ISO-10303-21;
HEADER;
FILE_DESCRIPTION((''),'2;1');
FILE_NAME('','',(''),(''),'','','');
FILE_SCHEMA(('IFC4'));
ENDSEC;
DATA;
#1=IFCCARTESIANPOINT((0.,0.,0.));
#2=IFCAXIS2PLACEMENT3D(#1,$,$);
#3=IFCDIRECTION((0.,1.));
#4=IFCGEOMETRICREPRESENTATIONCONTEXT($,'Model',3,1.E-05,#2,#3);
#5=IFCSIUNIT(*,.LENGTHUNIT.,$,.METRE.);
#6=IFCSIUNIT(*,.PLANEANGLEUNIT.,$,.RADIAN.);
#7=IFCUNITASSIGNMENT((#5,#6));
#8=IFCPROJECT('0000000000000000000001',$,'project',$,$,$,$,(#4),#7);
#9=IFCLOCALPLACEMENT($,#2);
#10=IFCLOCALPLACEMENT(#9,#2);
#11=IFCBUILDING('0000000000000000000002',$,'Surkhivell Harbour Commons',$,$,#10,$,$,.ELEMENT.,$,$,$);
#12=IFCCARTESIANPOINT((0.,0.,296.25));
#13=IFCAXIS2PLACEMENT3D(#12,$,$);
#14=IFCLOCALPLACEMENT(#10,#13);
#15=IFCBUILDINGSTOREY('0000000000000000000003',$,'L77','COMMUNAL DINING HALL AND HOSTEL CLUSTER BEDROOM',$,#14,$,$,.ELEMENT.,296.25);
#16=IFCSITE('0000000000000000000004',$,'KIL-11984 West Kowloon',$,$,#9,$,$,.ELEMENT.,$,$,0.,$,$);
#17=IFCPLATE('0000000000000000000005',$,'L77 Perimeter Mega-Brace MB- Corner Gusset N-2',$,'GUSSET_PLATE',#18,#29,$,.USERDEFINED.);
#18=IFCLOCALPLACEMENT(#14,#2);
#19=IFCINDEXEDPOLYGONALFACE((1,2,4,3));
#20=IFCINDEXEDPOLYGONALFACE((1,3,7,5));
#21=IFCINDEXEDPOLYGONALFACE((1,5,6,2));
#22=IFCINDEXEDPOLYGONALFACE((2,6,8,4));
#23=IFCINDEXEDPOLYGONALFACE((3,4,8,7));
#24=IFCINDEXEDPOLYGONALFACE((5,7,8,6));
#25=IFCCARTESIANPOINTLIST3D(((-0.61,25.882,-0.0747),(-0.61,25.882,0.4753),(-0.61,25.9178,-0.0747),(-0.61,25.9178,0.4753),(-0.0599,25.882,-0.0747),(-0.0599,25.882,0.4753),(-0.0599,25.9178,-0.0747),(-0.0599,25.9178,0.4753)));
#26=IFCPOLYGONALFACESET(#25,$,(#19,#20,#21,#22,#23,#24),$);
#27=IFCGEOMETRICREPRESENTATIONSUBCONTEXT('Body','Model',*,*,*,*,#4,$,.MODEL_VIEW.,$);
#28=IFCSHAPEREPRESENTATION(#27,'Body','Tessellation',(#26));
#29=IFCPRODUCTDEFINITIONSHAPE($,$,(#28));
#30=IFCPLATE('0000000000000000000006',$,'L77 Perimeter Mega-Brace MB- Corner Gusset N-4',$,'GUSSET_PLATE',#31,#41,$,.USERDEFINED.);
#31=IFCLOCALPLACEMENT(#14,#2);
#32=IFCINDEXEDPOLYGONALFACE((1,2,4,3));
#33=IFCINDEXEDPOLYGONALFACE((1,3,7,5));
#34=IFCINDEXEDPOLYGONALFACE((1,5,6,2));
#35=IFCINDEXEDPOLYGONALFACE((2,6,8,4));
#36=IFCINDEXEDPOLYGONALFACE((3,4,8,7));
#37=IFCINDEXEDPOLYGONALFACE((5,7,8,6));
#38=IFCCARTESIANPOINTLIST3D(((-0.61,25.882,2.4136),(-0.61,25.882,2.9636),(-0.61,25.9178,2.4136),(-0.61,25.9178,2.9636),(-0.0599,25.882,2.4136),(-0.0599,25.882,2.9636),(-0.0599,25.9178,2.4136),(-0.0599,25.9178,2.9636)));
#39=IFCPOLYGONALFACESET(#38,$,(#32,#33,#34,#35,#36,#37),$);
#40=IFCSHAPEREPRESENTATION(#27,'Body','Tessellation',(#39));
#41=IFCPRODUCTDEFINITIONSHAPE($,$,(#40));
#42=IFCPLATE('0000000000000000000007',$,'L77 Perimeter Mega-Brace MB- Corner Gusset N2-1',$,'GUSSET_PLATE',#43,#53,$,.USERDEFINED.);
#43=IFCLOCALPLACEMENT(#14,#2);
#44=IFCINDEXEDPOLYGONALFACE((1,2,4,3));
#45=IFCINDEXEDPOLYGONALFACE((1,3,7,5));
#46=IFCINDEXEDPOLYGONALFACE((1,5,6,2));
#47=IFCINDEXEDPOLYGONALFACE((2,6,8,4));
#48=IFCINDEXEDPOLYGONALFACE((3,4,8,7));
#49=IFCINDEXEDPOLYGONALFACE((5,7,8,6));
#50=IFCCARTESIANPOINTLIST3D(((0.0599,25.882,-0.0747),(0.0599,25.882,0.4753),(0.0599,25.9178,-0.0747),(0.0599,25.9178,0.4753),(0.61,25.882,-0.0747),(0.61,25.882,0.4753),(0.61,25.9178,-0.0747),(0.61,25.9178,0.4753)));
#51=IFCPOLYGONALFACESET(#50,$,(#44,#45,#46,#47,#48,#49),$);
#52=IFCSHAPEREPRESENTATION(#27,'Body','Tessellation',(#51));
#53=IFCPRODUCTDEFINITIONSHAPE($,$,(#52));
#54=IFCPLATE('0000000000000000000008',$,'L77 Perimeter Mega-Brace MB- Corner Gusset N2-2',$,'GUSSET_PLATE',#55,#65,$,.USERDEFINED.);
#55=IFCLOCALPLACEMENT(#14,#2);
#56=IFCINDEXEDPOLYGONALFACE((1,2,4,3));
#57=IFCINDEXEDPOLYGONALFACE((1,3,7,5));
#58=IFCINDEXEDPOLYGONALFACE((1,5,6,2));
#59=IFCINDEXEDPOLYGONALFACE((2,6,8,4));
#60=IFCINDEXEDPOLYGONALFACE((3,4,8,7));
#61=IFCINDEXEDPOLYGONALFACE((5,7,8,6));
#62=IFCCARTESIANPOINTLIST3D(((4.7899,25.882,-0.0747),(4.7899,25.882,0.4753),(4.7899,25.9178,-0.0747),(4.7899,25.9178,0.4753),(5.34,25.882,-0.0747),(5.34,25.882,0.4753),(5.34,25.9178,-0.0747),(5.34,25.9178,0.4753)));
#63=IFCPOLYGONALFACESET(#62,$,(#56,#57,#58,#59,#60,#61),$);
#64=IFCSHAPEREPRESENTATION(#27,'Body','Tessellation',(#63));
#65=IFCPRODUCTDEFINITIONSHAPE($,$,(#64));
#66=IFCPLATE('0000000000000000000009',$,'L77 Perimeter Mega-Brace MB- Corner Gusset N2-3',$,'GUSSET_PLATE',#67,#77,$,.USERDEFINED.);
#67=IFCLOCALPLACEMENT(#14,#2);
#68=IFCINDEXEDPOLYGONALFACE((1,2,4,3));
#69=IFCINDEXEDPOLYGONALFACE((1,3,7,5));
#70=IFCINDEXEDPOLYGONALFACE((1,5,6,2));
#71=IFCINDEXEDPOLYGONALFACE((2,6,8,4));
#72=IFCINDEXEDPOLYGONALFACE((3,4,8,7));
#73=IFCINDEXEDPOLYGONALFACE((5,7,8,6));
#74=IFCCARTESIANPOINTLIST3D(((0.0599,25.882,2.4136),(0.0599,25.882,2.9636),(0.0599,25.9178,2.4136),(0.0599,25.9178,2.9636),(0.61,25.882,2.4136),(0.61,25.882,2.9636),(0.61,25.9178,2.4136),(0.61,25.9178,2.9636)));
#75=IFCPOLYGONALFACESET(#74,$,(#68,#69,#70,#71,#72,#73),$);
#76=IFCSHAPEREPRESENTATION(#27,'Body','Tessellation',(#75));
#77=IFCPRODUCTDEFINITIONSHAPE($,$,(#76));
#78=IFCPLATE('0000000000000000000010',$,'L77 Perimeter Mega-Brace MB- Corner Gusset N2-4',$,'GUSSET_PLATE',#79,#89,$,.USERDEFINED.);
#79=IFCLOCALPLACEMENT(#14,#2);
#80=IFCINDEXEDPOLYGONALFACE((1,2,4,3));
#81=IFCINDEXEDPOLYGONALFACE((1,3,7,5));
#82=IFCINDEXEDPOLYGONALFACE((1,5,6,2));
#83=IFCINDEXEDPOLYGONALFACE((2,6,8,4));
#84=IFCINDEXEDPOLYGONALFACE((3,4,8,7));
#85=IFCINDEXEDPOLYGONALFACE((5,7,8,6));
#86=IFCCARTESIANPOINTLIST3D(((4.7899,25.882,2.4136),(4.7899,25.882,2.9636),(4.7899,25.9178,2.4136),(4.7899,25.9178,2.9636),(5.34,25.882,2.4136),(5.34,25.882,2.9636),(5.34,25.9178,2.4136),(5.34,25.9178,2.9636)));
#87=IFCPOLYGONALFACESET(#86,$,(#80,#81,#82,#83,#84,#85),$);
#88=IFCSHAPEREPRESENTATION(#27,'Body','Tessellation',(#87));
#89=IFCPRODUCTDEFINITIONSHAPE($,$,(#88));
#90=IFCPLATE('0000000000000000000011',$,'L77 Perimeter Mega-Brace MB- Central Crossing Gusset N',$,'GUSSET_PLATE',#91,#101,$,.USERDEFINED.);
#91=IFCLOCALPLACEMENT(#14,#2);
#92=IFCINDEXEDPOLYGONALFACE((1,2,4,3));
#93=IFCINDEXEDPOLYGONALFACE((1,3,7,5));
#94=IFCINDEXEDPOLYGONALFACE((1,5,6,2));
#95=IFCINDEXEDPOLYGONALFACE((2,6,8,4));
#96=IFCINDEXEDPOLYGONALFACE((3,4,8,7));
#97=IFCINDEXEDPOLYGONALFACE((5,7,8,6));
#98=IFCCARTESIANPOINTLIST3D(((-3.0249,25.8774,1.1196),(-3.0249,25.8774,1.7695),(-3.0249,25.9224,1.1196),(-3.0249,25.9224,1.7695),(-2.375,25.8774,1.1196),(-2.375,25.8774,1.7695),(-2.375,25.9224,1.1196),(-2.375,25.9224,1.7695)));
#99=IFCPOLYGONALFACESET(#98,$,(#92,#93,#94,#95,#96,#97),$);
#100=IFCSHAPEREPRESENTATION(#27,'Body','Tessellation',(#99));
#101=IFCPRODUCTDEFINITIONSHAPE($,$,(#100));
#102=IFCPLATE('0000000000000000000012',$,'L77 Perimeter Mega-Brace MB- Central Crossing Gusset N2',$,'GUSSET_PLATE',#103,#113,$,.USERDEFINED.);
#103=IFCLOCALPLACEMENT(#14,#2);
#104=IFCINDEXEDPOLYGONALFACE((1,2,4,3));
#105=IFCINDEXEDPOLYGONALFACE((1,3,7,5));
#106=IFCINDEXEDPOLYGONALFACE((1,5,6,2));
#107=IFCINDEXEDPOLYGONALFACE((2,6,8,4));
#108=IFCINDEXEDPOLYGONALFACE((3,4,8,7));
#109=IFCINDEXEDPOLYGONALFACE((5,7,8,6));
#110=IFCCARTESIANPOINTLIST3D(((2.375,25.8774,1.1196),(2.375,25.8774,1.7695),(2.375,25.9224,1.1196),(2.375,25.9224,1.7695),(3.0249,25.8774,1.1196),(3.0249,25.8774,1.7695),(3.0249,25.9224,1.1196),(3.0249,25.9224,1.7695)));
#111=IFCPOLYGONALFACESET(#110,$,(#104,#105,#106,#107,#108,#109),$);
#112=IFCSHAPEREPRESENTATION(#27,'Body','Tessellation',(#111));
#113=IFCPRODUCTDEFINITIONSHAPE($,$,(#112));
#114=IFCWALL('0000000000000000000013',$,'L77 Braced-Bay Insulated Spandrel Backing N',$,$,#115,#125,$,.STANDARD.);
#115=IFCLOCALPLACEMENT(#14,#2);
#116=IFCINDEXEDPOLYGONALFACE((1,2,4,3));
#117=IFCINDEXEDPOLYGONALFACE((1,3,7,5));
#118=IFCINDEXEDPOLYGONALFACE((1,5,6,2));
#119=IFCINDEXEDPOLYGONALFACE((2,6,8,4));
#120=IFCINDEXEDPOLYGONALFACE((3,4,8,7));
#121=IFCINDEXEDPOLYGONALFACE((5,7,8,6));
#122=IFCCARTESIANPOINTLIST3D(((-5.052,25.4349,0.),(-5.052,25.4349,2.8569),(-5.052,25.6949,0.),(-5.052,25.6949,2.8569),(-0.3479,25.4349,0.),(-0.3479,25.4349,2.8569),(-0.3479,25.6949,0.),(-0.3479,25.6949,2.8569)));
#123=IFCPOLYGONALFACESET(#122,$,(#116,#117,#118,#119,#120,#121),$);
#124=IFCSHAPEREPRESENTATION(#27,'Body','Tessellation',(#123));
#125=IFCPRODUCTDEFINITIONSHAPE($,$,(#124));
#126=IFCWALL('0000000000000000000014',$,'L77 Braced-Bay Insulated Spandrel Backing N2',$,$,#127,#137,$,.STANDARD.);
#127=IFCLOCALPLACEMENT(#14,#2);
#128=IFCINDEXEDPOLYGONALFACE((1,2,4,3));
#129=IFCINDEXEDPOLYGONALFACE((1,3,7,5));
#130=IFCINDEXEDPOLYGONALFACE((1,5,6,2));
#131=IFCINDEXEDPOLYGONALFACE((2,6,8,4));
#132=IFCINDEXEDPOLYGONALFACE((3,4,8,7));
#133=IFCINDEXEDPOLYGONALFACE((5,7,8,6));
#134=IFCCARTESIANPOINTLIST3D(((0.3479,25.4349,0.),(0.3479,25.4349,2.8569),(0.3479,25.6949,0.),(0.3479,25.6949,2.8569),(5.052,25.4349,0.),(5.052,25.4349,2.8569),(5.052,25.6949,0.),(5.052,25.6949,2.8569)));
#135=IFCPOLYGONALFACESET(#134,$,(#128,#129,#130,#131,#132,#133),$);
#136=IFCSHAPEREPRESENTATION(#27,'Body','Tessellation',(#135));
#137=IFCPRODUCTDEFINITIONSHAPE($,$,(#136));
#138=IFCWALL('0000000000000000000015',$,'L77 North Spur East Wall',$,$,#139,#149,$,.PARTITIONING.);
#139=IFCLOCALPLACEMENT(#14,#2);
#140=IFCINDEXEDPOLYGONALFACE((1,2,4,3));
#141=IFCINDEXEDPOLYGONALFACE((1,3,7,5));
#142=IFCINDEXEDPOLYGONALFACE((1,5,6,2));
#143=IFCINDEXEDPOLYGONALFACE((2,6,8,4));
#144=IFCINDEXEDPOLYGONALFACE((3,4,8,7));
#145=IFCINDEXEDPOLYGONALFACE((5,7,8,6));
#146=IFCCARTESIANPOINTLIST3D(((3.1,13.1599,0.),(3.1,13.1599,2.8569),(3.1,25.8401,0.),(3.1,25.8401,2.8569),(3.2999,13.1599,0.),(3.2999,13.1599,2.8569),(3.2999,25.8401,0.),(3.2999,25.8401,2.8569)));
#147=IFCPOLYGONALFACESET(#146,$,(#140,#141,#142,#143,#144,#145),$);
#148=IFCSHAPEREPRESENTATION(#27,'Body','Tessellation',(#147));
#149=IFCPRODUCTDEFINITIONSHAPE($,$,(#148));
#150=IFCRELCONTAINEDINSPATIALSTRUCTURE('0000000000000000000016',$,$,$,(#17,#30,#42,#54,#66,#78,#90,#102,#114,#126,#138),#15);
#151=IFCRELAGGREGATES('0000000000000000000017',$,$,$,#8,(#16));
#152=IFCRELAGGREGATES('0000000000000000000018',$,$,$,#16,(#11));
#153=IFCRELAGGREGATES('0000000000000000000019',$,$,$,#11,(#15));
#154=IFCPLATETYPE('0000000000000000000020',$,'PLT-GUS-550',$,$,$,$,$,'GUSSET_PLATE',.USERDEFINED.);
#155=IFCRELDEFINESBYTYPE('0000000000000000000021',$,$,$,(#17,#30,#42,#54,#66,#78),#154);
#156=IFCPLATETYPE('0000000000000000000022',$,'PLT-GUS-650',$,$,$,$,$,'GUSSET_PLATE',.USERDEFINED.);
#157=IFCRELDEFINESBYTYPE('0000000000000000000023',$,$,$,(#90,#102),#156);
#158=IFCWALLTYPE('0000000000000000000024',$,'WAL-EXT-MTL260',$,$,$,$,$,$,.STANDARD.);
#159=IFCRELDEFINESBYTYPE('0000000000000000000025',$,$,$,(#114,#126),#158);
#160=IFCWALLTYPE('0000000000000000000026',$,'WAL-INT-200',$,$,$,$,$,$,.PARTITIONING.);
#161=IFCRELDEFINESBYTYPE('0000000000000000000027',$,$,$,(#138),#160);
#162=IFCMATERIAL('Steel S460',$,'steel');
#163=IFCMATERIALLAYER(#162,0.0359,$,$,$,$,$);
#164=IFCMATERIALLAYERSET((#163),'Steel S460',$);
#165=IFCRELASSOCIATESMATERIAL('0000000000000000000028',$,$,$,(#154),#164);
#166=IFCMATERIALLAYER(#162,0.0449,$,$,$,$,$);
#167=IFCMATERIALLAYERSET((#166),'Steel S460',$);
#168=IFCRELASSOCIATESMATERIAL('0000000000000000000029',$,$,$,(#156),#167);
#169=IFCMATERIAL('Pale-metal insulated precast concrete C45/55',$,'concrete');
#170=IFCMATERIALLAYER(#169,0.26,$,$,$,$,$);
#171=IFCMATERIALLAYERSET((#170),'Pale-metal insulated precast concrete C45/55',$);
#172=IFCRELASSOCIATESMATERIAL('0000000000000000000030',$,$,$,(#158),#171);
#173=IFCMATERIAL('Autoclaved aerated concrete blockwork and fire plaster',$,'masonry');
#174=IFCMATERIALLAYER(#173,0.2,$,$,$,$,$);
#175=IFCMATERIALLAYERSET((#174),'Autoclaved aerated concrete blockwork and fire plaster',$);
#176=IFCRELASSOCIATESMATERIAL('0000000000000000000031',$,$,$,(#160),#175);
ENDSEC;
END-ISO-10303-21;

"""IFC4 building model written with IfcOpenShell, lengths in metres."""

from ifc_helpers import new_model, si_unit, direction, frame, frame_2d, origin, origin_2d, place, context, subcontext, project, spatial, rectangle, extrude, material, layer, layer_set, type_object, element, save


model = new_model("IFC4")

# Units and contexts
model_context = context("Model", 3, precision=1e-05, world=origin(), true_north=direction((0.0, 1.0)))
body_context = subcontext(model_context, "Body", "Model", "MODEL_VIEW")
ifc_project = project(units=[si_unit("LENGTHUNIT", "METRE"), si_unit("PLANEANGLEUNIT", "RADIAN")], contexts=[model_context])

# Site, building, storey
site_placement = place(None, origin())
site = spatial("IfcSite", under=ifc_project, at=site_placement, Name="KIL-11984 West Kowloon", CompositionType="ELEMENT", RefElevation=0.0)
building_placement = place(site_placement, origin())
building = spatial("IfcBuilding", under=site, at=building_placement, Name="Surkhivell Harbour Commons", CompositionType="ELEMENT")
storey_placement = place(building_placement, frame((0.0, 0.0, 296.25)))
storey = spatial("IfcBuildingStorey", under=building, at=storey_placement, Name="L77", Description="COMMUNAL DINING HALL AND HOSTEL CLUSTER BEDROOM", CompositionType="ELEMENT", Elevation=296.25)

# Shared definitions
ifc_material_1 = material(Name="Steel S460", Category="steel")

# Plates
ifc_layer_1 = layer(ifc_material_1, 0.0359)
ifc_layer_set_1 = layer_set([ifc_layer_1], Name="Steel S460")
plate_type_1 = type_object("IfcPlateType", Name="PLT-GUS-550", ElementType="GUSSET_PLATE", PredefinedType="USERDEFINED", material=ifc_layer_set_1)
for number, where, z_axis, x_axis, name in (
    (1, (-0.335, 25.8999, -0.0747), (0.0, 0.0, 1.0), (1.0, 0.0, 0.0), "L77 Perimeter Mega-Brace MB- Corner Gusset N-2"),
    (2, (-0.335, 25.8999, 2.4136), (0.0, 0.0, 1.0), (1.0, 0.0, 0.0), "L77 Perimeter Mega-Brace MB- Corner Gusset N-4"),
    (3, (0.335, 25.8999, -0.0747), (0.0, 0.0, 1.0), (1.0, 0.0, 0.0), "L77 Perimeter Mega-Brace MB- Corner Gusset N2-1"),
    (4, (5.0649, 25.8999, -0.0747), (0.0, 0.0, 1.0), (1.0, 0.0, 0.0), "L77 Perimeter Mega-Brace MB- Corner Gusset N2-2"),
    (5, (0.335, 25.8999, 2.4136), (0.0, 0.0, 1.0), (1.0, 0.0, 0.0), "L77 Perimeter Mega-Brace MB- Corner Gusset N2-3"),
    (6, (5.0649, 25.8999, 2.4136), (0.0, 0.0, 1.0), (1.0, 0.0, 0.0), "L77 Perimeter Mega-Brace MB- Corner Gusset N2-4"),
):
    element("IfcPlate", number, at=place(storey_placement, frame(where, z_axis=z_axis, x_axis=x_axis)), inside=storey, type_object=plate_type_1, Name=name, ObjectType="GUSSET_PLATE", PredefinedType="USERDEFINED", context=body_context, shape_type="SweptSolid", body=[
        extrude(rectangle(XDim=0.55, YDim=0.0359, at=origin_2d()), origin(), (0.0, 0.0, 1.0), 0.55),
    ])
ifc_layer_2 = layer(ifc_material_1, 0.0449)
ifc_layer_set_2 = layer_set([ifc_layer_2], Name="Steel S460")
plate_type_2 = type_object("IfcPlateType", Name="PLT-GUS-650", ElementType="GUSSET_PLATE", PredefinedType="USERDEFINED", material=ifc_layer_set_2)
for number, where, z_axis, x_axis, name in (
    (7, (-2.7, 25.8999, 1.1196), (0.0, 0.0, 1.0), (1.0, 0.0, 0.0), "L77 Perimeter Mega-Brace MB- Central Crossing Gusset N"),
    (8, (2.7, 25.8999, 1.1196), (0.0, 0.0, 1.0), (1.0, 0.0, 0.0), "L77 Perimeter Mega-Brace MB- Central Crossing Gusset N2"),
):
    element("IfcPlate", number, at=place(storey_placement, frame(where, z_axis=z_axis, x_axis=x_axis)), inside=storey, type_object=plate_type_2, Name=name, ObjectType="GUSSET_PLATE", PredefinedType="USERDEFINED", context=body_context, shape_type="SweptSolid", body=[
        extrude(rectangle(XDim=0.6499, YDim=0.0449, at=origin_2d()), origin(), (0.0, 0.0, 1.0), 0.6499),
    ])

# Walls
ifc_material_2 = material(Name="Pale-metal insulated precast concrete C45/55", Category="concrete")
ifc_layer_3 = layer(ifc_material_2, 0.26)
ifc_layer_set_3 = layer_set([ifc_layer_3], Name="Pale-metal insulated precast concrete C45/55")
wall_type_1 = type_object("IfcWallType", Name="WAL-EXT-MTL260", PredefinedType="STANDARD", material=ifc_layer_set_3)
for number, where, z_axis, x_axis, name in (
    (9, (-0.3479, 25.5649, 0.0), (0.0, 0.0, 1.0), (-1.0, 0.0, 0.0), "L77 Braced-Bay Insulated Spandrel Backing N"),
    (10, (5.052, 25.5649, 0.0), (0.0, 0.0, 1.0), (-1.0, 0.0, 0.0), "L77 Braced-Bay Insulated Spandrel Backing N2"),
):
    element("IfcWall", number, at=place(storey_placement, frame(where, z_axis=z_axis, x_axis=x_axis)), inside=storey, type_object=wall_type_1, Name=name, PredefinedType="STANDARD", context=body_context, shape_type="SweptSolid", body=[
        extrude(rectangle(XDim=4.7041, YDim=0.26, at=frame_2d((2.3521, 0.0))), origin(), (0.0, 0.0, 1.0), 2.8569),
    ])
ifc_material_3 = material(Name="Autoclaved aerated concrete blockwork and fire plaster", Category="masonry")
ifc_layer_4 = layer(ifc_material_3, 0.2)
ifc_layer_set_4 = layer_set([ifc_layer_4], Name="Autoclaved aerated concrete blockwork and fire plaster")
wall_type_2 = type_object("IfcWallType", Name="WAL-INT-200", PredefinedType="PARTITIONING", material=ifc_layer_set_4)
wall_placement = place(storey_placement, frame((3.2, 13.1599, 0.0), z_axis=(0.0, 0.0, 1.0), x_axis=(0.0, 1.0, 0.0)))
element("IfcWall", 11, at=wall_placement, inside=storey, type_object=wall_type_2, Name="L77 North Spur East Wall", PredefinedType="PARTITIONING", context=body_context, shape_type="SweptSolid", body=[
    extrude(rectangle(XDim=12.6802, YDim=0.2, at=frame_2d((6.3401, 0.0))), origin(), (0.0, 0.0, 1.0), 2.8569),
])

save(model, "model.ifc")
